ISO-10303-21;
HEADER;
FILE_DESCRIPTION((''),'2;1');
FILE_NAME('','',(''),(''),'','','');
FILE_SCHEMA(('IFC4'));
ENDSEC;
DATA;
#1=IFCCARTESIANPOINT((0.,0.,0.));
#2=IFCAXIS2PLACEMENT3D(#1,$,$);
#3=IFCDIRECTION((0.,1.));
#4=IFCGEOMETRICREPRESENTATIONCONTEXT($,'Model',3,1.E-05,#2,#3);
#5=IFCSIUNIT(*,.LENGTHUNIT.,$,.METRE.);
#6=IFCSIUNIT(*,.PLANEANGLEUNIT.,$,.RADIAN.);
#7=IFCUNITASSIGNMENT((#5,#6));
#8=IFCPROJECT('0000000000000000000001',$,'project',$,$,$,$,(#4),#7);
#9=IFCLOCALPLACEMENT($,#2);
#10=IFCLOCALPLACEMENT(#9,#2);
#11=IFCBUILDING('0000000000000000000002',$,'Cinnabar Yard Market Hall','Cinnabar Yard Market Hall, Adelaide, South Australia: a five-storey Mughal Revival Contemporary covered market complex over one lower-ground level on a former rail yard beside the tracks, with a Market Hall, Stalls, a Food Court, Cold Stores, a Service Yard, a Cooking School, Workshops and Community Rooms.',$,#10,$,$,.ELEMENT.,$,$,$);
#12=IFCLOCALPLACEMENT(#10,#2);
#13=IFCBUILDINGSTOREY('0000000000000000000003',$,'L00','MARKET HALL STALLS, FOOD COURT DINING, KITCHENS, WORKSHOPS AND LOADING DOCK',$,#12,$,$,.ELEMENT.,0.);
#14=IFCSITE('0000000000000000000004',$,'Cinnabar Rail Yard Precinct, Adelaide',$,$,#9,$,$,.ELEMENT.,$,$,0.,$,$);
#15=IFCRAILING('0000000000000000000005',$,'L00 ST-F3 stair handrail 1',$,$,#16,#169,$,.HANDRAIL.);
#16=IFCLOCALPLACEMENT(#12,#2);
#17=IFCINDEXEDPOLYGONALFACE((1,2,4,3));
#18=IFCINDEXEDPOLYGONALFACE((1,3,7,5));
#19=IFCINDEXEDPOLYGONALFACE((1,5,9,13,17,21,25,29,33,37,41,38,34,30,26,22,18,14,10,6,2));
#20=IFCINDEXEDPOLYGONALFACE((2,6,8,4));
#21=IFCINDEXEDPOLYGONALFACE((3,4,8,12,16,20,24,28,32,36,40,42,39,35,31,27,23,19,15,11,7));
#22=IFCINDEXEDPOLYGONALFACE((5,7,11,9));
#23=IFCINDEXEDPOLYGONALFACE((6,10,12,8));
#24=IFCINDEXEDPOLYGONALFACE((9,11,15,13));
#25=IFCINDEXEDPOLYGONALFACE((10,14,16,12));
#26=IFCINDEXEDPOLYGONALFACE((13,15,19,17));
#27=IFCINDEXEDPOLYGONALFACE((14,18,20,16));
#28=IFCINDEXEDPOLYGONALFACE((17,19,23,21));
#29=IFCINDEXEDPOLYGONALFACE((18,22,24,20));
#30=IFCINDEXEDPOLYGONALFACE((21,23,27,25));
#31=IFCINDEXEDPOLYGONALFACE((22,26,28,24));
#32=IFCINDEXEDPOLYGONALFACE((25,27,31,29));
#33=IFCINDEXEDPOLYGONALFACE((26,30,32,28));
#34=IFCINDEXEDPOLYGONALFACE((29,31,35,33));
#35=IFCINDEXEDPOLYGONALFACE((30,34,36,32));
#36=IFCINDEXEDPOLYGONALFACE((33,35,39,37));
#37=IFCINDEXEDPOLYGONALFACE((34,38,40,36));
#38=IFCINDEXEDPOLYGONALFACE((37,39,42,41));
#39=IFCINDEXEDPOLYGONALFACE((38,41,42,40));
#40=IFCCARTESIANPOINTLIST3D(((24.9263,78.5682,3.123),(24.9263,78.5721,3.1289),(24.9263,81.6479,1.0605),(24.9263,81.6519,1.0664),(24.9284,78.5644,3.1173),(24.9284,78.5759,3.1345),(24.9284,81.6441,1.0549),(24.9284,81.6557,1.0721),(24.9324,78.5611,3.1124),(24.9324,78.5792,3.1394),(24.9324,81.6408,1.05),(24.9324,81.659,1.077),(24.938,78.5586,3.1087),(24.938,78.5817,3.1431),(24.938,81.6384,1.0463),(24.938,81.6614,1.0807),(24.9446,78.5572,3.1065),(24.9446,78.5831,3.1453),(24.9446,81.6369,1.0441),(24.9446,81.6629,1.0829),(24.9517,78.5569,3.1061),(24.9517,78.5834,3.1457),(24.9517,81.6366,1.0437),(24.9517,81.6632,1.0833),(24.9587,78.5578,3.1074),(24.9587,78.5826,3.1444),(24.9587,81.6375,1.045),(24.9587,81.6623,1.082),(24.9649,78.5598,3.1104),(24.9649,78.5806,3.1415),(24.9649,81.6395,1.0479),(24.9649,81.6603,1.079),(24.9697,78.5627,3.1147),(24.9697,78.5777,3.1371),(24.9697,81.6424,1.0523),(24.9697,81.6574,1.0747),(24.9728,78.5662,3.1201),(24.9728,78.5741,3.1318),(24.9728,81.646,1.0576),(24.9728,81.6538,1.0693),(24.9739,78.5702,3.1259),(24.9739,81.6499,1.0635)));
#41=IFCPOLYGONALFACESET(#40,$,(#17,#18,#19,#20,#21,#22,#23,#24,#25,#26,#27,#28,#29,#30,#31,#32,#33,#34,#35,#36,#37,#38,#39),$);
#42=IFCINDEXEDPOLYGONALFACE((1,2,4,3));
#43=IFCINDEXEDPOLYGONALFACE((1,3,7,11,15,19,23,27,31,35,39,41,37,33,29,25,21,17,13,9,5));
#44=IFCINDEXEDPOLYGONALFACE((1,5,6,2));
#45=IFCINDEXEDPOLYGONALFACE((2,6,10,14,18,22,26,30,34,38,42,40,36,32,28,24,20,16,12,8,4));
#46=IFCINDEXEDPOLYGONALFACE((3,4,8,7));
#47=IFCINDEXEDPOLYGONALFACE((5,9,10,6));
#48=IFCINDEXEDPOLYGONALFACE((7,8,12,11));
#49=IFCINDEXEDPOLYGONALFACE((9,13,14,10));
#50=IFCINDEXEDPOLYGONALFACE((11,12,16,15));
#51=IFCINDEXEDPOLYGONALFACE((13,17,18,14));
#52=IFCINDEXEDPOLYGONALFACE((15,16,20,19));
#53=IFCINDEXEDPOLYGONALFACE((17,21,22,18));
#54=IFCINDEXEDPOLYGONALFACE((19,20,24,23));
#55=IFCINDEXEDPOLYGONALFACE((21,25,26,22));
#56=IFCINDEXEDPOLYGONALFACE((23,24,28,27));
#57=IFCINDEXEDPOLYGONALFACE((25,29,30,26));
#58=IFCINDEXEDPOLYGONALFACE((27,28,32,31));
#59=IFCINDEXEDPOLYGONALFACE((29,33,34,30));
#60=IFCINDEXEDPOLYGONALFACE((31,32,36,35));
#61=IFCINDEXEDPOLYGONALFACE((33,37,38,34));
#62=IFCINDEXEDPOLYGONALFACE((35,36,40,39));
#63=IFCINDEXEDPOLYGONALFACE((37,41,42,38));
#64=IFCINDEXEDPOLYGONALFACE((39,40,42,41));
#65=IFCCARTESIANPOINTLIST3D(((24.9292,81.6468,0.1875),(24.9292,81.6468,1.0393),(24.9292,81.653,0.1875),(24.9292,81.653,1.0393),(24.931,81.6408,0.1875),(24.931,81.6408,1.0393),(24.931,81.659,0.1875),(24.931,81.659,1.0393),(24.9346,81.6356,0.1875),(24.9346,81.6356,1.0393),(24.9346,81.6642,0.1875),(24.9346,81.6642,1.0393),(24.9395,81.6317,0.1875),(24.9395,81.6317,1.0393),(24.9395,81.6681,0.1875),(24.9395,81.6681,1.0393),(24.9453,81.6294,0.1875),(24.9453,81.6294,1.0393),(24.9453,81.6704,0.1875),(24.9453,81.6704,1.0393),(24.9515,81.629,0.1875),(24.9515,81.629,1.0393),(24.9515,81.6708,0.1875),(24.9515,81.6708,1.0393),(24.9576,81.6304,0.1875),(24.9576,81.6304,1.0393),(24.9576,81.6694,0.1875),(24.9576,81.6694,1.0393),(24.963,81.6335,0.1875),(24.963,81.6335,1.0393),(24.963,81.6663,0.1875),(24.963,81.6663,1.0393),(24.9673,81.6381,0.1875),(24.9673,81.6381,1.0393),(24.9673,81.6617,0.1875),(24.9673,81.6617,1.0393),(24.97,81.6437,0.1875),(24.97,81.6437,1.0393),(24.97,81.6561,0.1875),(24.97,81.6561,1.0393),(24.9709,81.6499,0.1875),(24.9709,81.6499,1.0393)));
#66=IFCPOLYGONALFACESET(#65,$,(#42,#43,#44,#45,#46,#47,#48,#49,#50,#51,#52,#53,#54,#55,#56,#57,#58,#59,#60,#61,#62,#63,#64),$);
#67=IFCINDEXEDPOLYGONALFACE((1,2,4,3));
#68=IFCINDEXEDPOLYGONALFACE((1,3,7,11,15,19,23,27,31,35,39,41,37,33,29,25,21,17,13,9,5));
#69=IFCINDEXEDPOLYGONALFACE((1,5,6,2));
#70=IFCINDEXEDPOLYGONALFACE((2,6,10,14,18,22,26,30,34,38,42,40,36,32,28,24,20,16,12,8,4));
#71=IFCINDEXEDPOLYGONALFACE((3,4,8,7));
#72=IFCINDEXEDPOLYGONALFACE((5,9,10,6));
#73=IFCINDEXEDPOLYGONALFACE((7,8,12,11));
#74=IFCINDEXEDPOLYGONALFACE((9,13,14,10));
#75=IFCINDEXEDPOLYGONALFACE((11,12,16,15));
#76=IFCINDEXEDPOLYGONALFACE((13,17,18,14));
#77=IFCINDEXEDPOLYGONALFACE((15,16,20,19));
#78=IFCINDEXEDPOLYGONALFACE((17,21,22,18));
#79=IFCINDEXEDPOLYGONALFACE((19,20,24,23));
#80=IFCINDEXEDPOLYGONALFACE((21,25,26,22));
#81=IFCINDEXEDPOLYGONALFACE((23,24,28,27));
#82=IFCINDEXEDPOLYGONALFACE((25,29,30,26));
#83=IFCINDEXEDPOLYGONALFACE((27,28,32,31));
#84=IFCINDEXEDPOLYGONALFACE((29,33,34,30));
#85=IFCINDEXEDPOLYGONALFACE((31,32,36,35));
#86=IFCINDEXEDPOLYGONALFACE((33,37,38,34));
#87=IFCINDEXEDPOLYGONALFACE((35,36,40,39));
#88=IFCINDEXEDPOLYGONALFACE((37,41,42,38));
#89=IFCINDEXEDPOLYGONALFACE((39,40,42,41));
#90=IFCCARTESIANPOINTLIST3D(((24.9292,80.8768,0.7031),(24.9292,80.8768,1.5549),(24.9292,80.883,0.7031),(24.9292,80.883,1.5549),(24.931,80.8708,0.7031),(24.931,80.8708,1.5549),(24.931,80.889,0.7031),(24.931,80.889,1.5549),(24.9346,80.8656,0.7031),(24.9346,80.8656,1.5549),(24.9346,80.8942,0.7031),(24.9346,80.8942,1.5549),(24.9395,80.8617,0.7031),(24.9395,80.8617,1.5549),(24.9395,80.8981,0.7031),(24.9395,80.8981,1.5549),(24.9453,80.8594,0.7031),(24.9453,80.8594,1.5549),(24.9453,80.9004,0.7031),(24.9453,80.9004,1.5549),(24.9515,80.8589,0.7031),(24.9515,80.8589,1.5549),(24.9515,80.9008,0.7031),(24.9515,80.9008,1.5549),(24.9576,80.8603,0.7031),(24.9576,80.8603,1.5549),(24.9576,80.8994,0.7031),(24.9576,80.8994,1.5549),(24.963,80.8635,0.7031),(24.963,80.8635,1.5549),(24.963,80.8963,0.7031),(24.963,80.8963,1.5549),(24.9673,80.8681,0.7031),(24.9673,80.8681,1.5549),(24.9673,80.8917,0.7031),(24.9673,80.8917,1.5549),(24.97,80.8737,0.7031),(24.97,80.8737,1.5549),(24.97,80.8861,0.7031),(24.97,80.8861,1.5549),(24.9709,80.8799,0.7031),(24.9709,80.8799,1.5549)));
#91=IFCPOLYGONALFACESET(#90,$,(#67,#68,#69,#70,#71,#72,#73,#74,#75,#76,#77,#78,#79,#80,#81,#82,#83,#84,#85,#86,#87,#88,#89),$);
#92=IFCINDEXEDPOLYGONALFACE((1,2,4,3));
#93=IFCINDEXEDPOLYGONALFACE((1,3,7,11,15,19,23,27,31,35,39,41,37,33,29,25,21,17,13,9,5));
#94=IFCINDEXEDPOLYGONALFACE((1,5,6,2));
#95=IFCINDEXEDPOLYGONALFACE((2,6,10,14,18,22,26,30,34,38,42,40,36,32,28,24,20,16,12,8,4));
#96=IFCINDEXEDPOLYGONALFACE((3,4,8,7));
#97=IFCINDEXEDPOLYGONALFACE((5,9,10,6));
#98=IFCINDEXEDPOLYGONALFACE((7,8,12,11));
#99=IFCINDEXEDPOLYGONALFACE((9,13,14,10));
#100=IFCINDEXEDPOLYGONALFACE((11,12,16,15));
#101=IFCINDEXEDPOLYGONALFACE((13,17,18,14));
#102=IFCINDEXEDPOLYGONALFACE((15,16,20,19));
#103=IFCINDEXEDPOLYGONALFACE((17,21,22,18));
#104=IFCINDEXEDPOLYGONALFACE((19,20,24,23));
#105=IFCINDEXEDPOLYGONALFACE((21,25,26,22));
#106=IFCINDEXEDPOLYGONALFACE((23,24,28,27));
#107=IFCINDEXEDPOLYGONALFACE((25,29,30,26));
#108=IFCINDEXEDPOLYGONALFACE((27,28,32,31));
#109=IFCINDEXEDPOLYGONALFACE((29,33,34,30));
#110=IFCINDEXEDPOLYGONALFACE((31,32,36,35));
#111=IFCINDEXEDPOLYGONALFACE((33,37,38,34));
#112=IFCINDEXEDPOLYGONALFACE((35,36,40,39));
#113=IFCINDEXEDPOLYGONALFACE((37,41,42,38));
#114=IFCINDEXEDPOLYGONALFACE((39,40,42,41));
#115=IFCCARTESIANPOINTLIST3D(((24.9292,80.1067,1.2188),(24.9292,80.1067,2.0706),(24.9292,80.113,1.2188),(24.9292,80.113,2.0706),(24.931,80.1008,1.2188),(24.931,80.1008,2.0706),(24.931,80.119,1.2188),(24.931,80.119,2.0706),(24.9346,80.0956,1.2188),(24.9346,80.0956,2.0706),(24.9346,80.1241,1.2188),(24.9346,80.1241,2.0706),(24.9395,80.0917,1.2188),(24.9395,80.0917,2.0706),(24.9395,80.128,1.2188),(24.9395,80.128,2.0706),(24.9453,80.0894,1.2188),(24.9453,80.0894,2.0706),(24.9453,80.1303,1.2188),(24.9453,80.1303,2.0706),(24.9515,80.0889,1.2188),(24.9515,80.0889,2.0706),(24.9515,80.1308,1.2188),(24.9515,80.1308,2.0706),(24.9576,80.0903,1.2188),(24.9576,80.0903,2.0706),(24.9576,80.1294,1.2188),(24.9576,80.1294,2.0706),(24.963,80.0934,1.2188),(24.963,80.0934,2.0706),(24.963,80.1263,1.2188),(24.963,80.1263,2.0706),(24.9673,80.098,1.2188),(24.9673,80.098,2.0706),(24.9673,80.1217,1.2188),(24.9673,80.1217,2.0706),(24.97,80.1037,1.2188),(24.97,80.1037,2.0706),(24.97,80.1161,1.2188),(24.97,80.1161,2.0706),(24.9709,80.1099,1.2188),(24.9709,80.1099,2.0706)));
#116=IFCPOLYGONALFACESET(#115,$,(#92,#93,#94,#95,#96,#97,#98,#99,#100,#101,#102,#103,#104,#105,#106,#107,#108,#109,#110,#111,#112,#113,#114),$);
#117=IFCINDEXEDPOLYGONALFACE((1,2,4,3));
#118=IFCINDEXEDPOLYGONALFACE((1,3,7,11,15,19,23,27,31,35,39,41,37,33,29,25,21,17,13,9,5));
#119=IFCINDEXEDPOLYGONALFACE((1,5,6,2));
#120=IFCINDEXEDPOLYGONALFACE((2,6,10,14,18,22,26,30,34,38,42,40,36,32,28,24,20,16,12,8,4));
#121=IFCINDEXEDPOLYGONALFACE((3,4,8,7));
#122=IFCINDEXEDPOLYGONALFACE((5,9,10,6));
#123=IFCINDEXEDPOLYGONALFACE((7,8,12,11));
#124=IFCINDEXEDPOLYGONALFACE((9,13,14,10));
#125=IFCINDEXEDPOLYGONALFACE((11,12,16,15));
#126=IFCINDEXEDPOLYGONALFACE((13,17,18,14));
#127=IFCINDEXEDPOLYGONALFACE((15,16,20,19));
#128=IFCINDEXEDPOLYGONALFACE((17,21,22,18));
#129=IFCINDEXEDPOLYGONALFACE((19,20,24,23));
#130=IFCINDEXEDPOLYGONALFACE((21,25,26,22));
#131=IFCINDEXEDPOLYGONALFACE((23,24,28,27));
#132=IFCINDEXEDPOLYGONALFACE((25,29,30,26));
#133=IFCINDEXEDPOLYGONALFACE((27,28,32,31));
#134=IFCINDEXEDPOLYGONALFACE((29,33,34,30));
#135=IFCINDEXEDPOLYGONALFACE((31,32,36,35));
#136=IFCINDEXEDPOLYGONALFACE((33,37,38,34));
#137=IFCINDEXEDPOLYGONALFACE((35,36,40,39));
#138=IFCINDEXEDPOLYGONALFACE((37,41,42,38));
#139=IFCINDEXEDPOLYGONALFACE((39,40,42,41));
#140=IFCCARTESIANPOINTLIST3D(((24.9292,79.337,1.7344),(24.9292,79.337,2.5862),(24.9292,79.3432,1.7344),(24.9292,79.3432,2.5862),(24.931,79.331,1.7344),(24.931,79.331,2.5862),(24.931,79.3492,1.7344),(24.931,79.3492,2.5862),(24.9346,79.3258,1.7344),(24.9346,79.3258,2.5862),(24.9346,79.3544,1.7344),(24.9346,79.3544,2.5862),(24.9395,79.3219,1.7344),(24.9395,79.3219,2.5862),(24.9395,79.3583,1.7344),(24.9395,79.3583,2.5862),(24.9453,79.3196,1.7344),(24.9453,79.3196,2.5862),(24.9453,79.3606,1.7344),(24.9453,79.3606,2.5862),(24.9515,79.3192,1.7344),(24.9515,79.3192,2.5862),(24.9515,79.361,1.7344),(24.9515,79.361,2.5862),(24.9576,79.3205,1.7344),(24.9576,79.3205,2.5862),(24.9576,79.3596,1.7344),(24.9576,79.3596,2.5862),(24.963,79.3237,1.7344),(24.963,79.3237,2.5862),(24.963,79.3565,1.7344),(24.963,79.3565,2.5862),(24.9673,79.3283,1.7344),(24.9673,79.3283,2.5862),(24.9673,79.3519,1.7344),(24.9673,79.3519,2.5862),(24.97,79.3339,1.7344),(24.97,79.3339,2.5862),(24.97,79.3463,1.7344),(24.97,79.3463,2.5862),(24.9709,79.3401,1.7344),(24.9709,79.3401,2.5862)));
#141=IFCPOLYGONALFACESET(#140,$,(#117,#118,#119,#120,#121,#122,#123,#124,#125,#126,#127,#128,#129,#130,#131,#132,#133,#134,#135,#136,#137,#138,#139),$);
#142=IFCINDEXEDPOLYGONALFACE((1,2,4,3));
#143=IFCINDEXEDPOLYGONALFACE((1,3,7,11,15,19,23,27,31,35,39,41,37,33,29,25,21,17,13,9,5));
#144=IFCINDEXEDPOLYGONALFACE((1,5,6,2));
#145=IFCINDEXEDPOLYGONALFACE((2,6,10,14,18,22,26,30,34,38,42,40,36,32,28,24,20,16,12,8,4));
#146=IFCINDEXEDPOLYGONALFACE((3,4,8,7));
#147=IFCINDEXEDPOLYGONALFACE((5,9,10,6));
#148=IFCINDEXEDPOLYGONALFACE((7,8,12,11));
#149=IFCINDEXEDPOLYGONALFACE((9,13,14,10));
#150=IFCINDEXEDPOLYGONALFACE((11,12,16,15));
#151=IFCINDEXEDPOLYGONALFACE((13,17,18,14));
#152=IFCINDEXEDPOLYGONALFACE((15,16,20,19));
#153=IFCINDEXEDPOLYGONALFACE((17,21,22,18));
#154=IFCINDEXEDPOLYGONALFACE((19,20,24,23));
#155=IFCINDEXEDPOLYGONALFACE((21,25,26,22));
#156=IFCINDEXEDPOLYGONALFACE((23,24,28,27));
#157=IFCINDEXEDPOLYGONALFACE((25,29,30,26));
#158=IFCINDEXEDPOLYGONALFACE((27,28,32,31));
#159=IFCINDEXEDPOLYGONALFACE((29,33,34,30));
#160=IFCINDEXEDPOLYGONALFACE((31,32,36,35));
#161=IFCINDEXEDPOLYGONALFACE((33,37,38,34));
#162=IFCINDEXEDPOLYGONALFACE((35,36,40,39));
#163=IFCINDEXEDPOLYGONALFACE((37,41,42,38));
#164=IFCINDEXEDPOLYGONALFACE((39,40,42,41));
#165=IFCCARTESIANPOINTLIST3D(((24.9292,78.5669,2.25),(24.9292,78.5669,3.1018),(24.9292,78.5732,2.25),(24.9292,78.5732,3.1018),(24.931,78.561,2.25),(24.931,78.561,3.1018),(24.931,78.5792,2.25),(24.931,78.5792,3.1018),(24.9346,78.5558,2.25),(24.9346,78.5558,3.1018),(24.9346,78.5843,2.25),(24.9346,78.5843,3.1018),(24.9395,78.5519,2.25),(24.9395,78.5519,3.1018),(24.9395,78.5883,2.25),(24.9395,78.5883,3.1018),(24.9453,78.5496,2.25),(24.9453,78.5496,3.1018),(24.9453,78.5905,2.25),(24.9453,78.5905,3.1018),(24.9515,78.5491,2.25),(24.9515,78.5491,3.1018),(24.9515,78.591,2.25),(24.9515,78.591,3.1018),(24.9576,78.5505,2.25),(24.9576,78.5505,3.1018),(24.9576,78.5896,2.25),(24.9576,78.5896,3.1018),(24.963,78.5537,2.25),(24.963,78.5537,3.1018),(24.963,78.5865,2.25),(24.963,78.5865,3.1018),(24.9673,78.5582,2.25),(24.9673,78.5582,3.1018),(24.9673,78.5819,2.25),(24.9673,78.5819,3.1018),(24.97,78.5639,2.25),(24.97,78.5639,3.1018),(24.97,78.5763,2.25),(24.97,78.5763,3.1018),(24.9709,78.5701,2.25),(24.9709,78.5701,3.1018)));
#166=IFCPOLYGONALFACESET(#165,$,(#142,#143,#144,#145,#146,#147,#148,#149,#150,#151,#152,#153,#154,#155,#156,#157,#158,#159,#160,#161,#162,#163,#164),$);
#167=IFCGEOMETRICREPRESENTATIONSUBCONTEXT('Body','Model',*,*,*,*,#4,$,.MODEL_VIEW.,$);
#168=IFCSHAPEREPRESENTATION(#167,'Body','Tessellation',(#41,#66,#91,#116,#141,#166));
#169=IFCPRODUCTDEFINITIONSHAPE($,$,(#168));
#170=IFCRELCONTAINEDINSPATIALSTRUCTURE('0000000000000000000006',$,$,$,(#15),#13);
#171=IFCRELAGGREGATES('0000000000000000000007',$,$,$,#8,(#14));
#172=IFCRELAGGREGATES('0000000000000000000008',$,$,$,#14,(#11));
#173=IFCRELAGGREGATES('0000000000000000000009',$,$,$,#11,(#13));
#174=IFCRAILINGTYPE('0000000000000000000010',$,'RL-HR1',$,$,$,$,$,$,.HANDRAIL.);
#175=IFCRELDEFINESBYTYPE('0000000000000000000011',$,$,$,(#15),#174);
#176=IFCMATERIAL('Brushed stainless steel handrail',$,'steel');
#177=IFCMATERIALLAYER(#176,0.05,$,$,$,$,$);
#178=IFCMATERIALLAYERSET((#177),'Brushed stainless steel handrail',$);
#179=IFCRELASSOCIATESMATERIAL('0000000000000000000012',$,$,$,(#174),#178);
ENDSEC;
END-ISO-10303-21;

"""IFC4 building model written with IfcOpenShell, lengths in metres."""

from ifc_helpers import new_model, si_unit, direction, frame, origin, origin_2d_with_axis, place, context, subcontext, project, spatial, circle, extrude, material, layer, layer_set, type_object, element, save


model = new_model("IFC4")

# Units and contexts
model_context = context("Model", 3, precision=1e-05, world=origin(), true_north=direction((0.0, 1.0)))
body_context = subcontext(model_context, "Body", "Model", "MODEL_VIEW")
ifc_project = project(units=[si_unit("LENGTHUNIT", "METRE"), si_unit("PLANEANGLEUNIT", "RADIAN")], contexts=[model_context])

# Site, building, storey
site_placement = place(None, origin())
site = spatial("IfcSite", under=ifc_project, at=site_placement, Name="Cinnabar Rail Yard Precinct, Adelaide", CompositionType="ELEMENT", RefElevation=0.0)
building_placement = place(site_placement, origin())
building = spatial("IfcBuilding", under=site, at=building_placement, Name="Cinnabar Yard Market Hall", Description="Cinnabar Yard Market Hall, Adelaide, South Australia: a five-storey Mughal Revival Contemporary covered market complex over one lower-ground level on a former rail yard beside the tracks, with a Market Hall, Stalls, a Food Court, Cold Stores, a Service Yard, a Cooking School, Workshops and Community Rooms.", CompositionType="ELEMENT")
storey_placement = place(building_placement, origin())
storey = spatial("IfcBuildingStorey", under=building, at=storey_placement, Name="L00", Description="MARKET HALL STALLS, FOOD COURT DINING, KITCHENS, WORKSHOPS AND LOADING DOCK", CompositionType="ELEMENT", Elevation=0.0)

# Railing
ifc_material_1 = material(Name="Brushed stainless steel handrail", Category="steel")
ifc_layer_1 = layer(ifc_material_1, 0.05)
ifc_layer_set_1 = layer_set([ifc_layer_1], Name="Brushed stainless steel handrail")
railing_type_1 = type_object("IfcRailingType", Name="RL-HR1", PredefinedType="HANDRAIL", material=ifc_layer_set_1)
railing_1_placement = place(storey_placement, frame((24.95, 81.6499, 0.1875)))
element("IfcRailing", 1, at=railing_1_placement, inside=storey, type_object=railing_type_1, Name="L00 ST-F3 stair handrail 1", PredefinedType="HANDRAIL", context=body_context, shape_type="SweptSolid", body=[
    extrude(circle(Radius=0.0239, at=origin_2d_with_axis()), frame((0.0, 0.0, 0.876), z_axis=(0.0, -0.830893, 0.556432), x_axis=(1.0, 0.0, 0.0)), (0.0, 0.0, 1.0), 3.7065),
    extrude(circle(Radius=0.021, at=origin_2d_with_axis()), origin(), (0.0, 0.0, 1.0), 0.8518),
    extrude(circle(Radius=0.021, at=origin_2d_with_axis()), frame((0.0, -0.77, 0.5156)), (0.0, 0.0, 1.0), 0.8518),
    extrude(circle(Radius=0.021, at=origin_2d_with_axis()), frame((0.0, -1.54, 1.0312)), (0.0, 0.0, 1.0), 0.8518),
    extrude(circle(Radius=0.021, at=origin_2d_with_axis()), frame((0.0, -2.3098, 1.5469)), (0.0, 0.0, 1.0), 0.8518),
    extrude(circle(Radius=0.021, at=origin_2d_with_axis()), frame((0.0, -3.0798, 2.0625)), (0.0, 0.0, 1.0), 0.8518),
])

save(model, "model.ifc")
